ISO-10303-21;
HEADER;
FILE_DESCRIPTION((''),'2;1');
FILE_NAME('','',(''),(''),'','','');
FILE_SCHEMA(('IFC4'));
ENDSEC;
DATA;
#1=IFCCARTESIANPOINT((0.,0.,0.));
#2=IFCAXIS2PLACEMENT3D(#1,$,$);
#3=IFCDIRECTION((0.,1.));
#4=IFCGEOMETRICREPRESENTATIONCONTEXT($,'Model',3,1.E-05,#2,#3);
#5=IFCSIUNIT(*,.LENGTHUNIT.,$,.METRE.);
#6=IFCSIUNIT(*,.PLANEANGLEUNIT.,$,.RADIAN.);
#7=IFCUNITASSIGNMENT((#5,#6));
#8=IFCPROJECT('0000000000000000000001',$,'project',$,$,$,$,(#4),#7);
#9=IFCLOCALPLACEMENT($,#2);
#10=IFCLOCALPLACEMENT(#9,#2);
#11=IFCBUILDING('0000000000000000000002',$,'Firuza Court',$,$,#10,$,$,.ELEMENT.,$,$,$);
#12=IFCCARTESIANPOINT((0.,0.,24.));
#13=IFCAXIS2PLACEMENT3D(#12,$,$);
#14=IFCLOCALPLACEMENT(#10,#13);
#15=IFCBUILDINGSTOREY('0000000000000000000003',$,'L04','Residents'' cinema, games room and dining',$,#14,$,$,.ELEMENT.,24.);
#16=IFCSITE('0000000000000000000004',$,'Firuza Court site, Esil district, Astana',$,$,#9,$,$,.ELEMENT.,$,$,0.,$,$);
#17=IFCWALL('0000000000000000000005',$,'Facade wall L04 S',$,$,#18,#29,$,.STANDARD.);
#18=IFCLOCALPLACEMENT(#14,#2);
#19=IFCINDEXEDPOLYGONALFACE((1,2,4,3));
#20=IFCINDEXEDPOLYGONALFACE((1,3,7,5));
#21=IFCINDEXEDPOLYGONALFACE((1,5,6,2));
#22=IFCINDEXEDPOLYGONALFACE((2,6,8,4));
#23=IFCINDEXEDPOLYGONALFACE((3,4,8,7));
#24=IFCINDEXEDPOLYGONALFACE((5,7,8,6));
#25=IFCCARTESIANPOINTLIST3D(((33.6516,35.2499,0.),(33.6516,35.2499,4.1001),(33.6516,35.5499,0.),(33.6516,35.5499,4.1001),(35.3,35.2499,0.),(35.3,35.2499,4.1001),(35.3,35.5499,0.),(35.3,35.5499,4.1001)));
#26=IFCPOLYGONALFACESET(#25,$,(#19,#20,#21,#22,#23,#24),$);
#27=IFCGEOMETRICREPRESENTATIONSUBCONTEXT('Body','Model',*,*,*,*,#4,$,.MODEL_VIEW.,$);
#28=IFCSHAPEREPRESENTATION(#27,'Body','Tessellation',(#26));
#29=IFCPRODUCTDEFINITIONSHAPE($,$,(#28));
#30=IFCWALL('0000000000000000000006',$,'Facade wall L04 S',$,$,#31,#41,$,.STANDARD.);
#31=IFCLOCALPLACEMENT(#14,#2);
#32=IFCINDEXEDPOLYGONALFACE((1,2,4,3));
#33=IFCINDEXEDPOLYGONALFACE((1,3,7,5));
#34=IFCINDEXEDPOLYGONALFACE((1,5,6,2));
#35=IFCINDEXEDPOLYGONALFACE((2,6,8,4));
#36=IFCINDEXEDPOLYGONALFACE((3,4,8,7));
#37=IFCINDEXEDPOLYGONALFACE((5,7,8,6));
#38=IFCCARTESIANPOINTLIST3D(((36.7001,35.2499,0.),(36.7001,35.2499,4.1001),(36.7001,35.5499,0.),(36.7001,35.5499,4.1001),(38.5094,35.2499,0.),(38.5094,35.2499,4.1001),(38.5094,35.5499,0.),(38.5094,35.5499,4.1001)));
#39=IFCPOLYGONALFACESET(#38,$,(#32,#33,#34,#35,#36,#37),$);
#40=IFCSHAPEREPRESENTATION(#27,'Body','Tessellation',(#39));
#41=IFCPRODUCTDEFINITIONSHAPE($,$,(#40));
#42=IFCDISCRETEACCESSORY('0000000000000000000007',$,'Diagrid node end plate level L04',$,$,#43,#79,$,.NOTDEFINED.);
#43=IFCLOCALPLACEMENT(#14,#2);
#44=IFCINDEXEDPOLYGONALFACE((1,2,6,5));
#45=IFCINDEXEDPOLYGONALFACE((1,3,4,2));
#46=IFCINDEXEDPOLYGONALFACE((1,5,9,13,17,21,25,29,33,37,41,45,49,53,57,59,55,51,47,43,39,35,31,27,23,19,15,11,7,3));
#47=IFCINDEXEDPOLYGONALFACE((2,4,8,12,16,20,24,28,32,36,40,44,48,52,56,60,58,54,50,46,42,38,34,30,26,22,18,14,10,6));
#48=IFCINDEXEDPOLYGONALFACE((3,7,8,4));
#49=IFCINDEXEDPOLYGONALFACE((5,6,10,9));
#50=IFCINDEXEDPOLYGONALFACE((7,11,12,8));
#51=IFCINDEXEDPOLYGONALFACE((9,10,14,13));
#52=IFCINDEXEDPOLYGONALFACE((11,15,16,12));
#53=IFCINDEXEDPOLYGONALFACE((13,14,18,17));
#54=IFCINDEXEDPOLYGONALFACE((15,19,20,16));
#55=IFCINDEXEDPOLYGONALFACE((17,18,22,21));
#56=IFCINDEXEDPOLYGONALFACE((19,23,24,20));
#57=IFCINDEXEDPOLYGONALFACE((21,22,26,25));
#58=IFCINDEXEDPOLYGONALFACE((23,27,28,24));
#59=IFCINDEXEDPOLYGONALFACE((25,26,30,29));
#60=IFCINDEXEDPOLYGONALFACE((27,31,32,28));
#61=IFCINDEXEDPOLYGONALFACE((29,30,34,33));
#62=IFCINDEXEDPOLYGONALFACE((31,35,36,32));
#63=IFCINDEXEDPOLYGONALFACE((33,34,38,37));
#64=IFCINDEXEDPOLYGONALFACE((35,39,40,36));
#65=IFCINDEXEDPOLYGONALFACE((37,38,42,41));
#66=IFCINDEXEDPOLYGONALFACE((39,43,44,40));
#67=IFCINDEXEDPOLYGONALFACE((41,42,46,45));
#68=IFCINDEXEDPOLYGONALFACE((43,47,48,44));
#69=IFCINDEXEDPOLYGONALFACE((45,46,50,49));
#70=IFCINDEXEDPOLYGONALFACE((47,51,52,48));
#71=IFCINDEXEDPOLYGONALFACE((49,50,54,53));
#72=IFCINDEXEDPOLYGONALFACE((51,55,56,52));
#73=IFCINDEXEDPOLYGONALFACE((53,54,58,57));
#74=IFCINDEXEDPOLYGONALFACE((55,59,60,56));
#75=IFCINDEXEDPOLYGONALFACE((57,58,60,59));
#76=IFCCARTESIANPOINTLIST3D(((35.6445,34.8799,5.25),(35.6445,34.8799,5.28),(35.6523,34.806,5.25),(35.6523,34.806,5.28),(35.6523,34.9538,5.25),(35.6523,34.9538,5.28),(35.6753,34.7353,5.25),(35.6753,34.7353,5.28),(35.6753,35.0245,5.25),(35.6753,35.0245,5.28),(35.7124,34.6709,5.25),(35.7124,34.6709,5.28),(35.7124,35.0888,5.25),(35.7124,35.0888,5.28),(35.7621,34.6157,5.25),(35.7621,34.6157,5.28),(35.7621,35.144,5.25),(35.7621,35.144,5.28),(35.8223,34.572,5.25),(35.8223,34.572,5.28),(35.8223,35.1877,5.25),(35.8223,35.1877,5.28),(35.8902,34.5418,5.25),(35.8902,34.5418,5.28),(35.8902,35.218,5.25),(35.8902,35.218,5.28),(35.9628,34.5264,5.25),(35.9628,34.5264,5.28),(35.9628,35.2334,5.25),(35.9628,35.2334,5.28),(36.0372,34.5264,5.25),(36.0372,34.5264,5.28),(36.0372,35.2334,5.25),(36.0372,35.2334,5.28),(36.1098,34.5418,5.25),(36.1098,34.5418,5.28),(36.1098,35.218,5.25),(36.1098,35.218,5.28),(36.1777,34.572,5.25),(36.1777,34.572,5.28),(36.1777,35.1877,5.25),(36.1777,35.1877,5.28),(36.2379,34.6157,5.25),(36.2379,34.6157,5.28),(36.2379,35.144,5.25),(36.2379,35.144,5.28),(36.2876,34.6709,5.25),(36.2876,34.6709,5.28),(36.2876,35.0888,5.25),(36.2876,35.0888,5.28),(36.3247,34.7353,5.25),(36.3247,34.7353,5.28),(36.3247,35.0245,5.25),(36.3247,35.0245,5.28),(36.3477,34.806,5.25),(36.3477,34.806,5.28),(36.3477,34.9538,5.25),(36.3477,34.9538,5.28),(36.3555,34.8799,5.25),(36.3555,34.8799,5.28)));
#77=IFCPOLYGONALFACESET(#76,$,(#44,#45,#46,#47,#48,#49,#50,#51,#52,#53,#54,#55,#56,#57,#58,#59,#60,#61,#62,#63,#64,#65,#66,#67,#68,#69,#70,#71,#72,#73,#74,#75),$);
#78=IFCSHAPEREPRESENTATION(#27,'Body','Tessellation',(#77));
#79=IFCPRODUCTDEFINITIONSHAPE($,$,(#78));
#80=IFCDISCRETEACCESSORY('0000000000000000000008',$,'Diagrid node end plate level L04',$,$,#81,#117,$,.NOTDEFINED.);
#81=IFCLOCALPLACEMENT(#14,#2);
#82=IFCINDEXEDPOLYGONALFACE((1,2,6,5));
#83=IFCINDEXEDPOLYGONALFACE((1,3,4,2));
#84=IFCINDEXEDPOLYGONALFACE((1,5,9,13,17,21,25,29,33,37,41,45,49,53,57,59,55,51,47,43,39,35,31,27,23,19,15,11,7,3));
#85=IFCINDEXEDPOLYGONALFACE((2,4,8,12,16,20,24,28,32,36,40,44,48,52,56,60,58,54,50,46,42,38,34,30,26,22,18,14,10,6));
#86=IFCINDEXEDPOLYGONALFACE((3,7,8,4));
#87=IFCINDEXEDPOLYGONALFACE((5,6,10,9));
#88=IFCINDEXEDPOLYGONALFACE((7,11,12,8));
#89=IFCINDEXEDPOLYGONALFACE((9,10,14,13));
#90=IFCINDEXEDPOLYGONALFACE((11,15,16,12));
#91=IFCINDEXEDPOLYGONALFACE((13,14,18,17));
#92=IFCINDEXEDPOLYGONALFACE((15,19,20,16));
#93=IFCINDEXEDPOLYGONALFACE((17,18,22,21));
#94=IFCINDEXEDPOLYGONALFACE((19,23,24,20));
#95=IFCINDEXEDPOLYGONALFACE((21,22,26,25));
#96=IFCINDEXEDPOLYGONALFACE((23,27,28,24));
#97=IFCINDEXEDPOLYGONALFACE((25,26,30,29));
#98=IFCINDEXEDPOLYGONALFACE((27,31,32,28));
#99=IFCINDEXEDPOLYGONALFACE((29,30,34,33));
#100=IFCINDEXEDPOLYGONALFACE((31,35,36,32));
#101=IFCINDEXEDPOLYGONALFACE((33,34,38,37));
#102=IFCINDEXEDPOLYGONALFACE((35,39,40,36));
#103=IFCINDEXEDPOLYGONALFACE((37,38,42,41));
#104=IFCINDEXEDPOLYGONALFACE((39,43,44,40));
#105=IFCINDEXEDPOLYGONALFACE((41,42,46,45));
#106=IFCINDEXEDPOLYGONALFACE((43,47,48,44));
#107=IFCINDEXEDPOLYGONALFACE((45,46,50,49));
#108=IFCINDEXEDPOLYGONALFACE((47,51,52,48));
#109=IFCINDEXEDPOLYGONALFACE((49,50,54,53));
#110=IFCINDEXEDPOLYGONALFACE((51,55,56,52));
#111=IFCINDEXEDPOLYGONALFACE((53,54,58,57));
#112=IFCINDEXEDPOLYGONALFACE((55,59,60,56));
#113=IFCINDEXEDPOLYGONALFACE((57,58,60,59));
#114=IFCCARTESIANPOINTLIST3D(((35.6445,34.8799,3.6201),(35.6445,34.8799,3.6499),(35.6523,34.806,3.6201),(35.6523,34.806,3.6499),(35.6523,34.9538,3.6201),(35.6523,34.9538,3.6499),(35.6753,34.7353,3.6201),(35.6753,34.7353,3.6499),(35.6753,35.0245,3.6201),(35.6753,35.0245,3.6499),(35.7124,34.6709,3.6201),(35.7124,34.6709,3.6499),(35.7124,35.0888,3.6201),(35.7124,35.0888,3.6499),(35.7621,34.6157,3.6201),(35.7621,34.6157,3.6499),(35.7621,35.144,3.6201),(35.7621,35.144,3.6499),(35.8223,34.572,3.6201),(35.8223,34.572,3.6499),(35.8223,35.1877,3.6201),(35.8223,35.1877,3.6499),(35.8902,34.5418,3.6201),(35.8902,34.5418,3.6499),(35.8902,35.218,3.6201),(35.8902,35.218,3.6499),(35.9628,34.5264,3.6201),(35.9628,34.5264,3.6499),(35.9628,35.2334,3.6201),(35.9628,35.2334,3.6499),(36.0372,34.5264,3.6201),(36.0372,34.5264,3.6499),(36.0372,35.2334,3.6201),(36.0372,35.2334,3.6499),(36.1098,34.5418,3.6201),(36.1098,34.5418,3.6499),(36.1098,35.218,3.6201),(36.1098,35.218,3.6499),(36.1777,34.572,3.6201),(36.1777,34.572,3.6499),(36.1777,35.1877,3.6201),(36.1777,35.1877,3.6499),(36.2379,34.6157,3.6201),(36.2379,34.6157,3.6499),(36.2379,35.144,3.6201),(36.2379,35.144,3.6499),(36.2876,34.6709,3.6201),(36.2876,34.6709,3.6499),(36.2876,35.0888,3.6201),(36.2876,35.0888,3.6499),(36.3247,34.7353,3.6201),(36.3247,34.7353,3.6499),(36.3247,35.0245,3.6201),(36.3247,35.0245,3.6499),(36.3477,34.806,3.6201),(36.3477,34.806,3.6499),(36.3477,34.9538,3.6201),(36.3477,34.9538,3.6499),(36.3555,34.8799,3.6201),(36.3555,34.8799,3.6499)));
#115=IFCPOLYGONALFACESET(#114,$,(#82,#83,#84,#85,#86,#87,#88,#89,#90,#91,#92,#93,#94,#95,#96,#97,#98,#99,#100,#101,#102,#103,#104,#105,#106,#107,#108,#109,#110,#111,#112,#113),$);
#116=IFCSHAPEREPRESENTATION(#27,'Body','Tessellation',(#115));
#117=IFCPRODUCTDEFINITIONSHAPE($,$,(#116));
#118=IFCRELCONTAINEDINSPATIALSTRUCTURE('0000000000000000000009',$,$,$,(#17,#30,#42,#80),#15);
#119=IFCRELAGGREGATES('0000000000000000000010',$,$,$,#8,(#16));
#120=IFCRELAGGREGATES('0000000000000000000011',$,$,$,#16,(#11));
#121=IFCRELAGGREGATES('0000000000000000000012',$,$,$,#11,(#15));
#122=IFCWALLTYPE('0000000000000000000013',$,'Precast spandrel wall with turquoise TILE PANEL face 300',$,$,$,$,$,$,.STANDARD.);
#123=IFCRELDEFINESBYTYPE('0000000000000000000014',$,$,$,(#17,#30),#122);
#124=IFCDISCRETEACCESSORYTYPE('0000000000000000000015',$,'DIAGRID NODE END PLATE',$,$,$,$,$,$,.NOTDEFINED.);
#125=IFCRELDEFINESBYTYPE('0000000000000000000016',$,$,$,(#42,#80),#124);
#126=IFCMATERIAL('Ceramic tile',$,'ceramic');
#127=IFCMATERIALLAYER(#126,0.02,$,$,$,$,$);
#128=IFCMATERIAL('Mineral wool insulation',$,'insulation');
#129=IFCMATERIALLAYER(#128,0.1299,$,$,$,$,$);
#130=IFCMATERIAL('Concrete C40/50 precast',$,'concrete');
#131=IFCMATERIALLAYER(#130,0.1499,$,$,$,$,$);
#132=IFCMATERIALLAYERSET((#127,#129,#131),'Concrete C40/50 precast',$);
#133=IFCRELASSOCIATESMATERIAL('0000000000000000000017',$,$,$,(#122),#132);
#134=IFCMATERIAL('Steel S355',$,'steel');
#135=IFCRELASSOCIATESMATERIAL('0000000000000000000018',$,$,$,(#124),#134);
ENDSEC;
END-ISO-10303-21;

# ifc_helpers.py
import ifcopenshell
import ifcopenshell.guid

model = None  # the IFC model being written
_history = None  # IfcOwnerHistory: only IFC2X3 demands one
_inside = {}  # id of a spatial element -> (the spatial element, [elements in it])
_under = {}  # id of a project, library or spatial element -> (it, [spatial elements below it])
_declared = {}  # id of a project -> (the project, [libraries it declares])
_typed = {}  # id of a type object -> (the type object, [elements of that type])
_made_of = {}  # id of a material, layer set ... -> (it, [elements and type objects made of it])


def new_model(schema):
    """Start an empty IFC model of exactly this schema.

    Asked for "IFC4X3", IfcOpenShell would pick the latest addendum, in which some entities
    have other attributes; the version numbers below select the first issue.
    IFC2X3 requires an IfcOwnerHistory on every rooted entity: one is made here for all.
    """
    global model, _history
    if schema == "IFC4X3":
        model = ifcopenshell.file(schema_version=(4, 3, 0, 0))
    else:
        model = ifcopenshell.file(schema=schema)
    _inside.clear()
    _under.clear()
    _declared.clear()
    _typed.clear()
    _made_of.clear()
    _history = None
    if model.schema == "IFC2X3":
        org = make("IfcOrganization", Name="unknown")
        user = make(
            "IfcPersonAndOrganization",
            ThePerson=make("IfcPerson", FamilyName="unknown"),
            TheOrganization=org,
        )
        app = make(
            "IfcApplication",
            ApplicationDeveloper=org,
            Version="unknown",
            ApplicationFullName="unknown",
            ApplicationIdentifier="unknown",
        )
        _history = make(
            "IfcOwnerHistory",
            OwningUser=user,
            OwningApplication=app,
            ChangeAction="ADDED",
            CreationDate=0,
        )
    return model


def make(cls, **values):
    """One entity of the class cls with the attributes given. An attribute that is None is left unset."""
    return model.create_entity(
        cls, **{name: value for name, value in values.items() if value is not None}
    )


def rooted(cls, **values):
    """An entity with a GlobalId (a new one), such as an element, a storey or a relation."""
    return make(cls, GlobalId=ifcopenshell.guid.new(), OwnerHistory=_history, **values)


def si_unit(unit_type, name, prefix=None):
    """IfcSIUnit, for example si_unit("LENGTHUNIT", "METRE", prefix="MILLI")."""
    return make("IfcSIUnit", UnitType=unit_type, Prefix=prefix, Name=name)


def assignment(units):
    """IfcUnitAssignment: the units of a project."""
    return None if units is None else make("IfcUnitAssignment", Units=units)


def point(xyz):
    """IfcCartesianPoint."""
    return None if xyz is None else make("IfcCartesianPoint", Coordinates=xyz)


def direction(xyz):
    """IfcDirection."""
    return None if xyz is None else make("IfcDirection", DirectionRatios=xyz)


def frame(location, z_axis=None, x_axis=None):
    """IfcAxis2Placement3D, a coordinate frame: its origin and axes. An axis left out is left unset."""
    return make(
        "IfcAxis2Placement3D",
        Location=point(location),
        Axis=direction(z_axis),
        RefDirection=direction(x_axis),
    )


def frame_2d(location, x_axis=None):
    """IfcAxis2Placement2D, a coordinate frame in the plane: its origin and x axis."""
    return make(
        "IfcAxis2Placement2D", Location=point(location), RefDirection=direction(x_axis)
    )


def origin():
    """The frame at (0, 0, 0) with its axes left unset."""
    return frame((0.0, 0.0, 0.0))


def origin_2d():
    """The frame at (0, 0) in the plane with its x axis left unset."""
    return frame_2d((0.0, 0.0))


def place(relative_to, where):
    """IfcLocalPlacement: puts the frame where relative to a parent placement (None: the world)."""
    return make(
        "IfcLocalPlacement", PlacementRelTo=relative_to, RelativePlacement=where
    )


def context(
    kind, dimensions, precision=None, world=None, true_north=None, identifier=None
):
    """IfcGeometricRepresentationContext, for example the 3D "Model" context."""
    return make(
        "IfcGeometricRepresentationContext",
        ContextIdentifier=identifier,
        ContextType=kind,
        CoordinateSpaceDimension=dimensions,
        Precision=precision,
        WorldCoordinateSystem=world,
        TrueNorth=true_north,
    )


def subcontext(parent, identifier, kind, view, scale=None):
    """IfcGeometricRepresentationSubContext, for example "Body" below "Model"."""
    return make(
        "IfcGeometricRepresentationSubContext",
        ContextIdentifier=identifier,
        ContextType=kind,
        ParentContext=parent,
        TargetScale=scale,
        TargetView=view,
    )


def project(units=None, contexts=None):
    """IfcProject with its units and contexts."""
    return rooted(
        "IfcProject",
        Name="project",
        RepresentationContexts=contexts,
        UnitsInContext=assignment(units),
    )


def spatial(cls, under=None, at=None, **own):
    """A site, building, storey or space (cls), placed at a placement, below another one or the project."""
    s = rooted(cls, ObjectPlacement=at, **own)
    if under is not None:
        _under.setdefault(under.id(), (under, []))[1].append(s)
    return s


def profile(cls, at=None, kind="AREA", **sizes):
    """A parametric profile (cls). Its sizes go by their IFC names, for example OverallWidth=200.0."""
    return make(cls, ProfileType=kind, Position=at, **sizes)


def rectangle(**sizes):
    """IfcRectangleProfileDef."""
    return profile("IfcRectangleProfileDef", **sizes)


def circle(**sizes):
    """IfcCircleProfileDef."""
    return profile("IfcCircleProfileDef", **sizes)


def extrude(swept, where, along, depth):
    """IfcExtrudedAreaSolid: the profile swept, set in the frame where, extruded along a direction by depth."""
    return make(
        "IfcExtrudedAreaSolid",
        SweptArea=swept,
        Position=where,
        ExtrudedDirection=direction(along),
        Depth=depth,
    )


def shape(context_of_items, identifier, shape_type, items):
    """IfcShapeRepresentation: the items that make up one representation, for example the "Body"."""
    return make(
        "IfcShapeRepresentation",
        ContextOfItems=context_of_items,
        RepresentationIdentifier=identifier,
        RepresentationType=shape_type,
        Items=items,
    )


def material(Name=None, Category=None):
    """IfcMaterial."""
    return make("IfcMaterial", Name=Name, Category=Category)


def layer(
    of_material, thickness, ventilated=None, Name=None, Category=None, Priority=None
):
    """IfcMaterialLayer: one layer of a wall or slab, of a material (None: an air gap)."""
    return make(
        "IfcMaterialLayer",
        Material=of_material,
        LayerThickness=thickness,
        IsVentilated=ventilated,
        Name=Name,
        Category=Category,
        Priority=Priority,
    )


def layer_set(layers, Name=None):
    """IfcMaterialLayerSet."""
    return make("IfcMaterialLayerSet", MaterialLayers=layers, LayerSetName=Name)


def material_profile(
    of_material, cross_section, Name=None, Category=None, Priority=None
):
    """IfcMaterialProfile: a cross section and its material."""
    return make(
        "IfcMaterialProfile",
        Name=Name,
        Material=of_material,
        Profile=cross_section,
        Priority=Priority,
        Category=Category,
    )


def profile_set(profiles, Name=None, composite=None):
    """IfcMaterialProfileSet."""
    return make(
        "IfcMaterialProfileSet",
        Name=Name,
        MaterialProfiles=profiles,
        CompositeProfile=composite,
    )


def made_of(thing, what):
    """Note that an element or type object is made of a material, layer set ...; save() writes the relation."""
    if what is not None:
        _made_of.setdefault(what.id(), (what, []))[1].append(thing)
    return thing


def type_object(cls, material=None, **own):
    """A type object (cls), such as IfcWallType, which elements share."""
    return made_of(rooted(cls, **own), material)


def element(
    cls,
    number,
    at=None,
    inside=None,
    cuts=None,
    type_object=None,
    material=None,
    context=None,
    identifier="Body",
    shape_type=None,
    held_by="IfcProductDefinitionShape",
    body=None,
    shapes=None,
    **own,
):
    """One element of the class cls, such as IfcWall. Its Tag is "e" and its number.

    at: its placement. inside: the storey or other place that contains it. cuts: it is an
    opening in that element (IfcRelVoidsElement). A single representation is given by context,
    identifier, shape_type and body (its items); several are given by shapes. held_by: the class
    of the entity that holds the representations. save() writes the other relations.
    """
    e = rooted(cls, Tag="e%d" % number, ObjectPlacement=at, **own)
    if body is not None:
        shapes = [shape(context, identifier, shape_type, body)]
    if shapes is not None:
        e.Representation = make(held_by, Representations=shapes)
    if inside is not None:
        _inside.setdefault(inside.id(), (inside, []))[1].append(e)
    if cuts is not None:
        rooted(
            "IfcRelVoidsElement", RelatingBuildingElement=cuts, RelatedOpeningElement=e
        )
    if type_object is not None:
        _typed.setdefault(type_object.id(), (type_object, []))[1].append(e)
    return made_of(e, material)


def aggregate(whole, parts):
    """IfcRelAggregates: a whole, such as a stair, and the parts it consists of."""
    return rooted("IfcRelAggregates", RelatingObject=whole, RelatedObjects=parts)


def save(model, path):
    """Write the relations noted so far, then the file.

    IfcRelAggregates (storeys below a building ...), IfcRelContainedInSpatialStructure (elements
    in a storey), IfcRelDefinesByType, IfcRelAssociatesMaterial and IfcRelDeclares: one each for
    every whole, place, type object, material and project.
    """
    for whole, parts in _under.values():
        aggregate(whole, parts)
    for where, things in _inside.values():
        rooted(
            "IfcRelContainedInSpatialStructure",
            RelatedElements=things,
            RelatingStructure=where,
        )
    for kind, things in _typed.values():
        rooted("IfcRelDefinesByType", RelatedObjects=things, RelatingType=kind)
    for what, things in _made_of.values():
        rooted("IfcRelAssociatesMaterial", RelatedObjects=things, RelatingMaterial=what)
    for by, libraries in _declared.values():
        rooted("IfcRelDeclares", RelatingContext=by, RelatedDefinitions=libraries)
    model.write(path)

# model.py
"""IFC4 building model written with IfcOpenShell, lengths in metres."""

from ifc_helpers import new_model, si_unit, direction, frame, frame_2d, origin, origin_2d, place, context, subcontext, project, spatial, rectangle, circle, extrude, material, layer, layer_set, material_profile, profile_set, type_object, element, save


model = new_model("IFC4")

# Units and contexts
model_context = context("Model", 3, precision=1e-05, world=origin(), true_north=direction((0.0, 1.0)))
body_context = subcontext(model_context, "Body", "Model", "MODEL_VIEW")
ifc_project = project(units=[si_unit("LENGTHUNIT", "METRE"), si_unit("PLANEANGLEUNIT", "RADIAN")], contexts=[model_context])

# Site, building, storey
site_placement = place(None, origin())
site = spatial("IfcSite", under=ifc_project, at=site_placement, Name="Firuza Court site, Esil district, Astana", CompositionType="ELEMENT", RefElevation=0.0)
building_placement = place(site_placement, origin())
building = spatial("IfcBuilding", under=site, at=building_placement, Name="Firuza Court", CompositionType="ELEMENT")
storey_placement = place(building_placement, frame((0.0, 0.0, 24.0)))
storey = spatial("IfcBuildingStorey", under=building, at=storey_placement, Name="L04", Description="Residents' cinema, games room and dining", CompositionType="ELEMENT", Elevation=24.0)

# Walls
ifc_material_1 = material(Name="Ceramic tile", Category="ceramic")
ifc_layer_1 = layer(ifc_material_1, 0.02)
ifc_material_2 = material(Name="Mineral wool insulation", Category="insulation")
ifc_layer_2 = layer(ifc_material_2, 0.1299)
ifc_material_3 = material(Name="Concrete C40/50 precast", Category="concrete")
ifc_layer_3 = layer(ifc_material_3, 0.1499)
ifc_layer_set_1 = layer_set([ifc_layer_1, ifc_layer_2, ifc_layer_3], Name="Concrete C40/50 precast")
wall_type = type_object("IfcWallType", Name="Precast spandrel wall with turquoise TILE PANEL face 300", PredefinedType="STANDARD", material=ifc_layer_set_1)
wall_1_placement = place(storey_placement, frame((33.6516, 35.3999, 0.0), z_axis=(0.0, 0.0, 1.0), x_axis=(1.0, 0.0, 0.0)))
element("IfcWall", 1, at=wall_1_placement, inside=storey, type_object=wall_type, Name="Facade wall L04 S", PredefinedType="STANDARD", context=body_context, shape_type="SweptSolid", body=[
    extrude(rectangle(XDim=1.6484, YDim=0.3, at=frame_2d((0.8242, 0.0))), origin(), (0.0, 0.0, 1.0), 4.1001),
])
wall_2_placement = place(storey_placement, frame((36.7, 35.3999, 0.0), z_axis=(0.0, 0.0, 1.0), x_axis=(1.0, 0.0, 0.0)))
element("IfcWall", 2, at=wall_2_placement, inside=storey, type_object=wall_type, Name="Facade wall L04 S", PredefinedType="STANDARD", context=body_context, shape_type="SweptSolid", body=[
    extrude(rectangle(XDim=1.8093, YDim=0.3, at=frame_2d((0.9048, 0.0))), origin(), (0.0, 0.0, 1.0), 4.1001),
])

# Discrete accessories
ifc_material_4 = material(Name="Steel S355", Category="steel")
ifc_material_profile_1 = material_profile(ifc_material_4, circle(Radius=0.3555, at=origin_2d()), Name="PL D711")
ifc_profile_set_1 = profile_set([ifc_material_profile_1], Name="Steel S355")
discrete_accessory_type = type_object("IfcDiscreteAccessoryType", Name="DIAGRID NODE END PLATE", PredefinedType="NOTDEFINED", material=ifc_profile_set_1)
discrete_accessory_1_placement = place(storey_placement, frame((36.0, 34.8799, 5.25), z_axis=(0.0, 0.0, 1.0), x_axis=(1.0, 0.0, 0.0)))
element("IfcDiscreteAccessory", 3, at=discrete_accessory_1_placement, inside=storey, type_object=discrete_accessory_type, Name="Diagrid node end plate level L04", PredefinedType="NOTDEFINED", context=body_context, shape_type="SweptSolid", body=[
    extrude(circle(Radius=0.3555, at=origin_2d()), origin(), (0.0, 0.0, 1.0), 0.03),
])
discrete_accessory_2_placement = place(storey_placement, frame((36.0, 34.8799, 3.6201), z_axis=(0.0, 0.0, 1.0), x_axis=(1.0, 0.0, 0.0)))
element("IfcDiscreteAccessory", 4, at=discrete_accessory_2_placement, inside=storey, type_object=discrete_accessory_type, Name="Diagrid node end plate level L04", PredefinedType="NOTDEFINED", context=body_context, shape_type="SweptSolid", body=[
    extrude(circle(Radius=0.3555, at=origin_2d()), origin(), (0.0, 0.0, 1.0), 0.0298),
])

save(model, "model.ifc")
